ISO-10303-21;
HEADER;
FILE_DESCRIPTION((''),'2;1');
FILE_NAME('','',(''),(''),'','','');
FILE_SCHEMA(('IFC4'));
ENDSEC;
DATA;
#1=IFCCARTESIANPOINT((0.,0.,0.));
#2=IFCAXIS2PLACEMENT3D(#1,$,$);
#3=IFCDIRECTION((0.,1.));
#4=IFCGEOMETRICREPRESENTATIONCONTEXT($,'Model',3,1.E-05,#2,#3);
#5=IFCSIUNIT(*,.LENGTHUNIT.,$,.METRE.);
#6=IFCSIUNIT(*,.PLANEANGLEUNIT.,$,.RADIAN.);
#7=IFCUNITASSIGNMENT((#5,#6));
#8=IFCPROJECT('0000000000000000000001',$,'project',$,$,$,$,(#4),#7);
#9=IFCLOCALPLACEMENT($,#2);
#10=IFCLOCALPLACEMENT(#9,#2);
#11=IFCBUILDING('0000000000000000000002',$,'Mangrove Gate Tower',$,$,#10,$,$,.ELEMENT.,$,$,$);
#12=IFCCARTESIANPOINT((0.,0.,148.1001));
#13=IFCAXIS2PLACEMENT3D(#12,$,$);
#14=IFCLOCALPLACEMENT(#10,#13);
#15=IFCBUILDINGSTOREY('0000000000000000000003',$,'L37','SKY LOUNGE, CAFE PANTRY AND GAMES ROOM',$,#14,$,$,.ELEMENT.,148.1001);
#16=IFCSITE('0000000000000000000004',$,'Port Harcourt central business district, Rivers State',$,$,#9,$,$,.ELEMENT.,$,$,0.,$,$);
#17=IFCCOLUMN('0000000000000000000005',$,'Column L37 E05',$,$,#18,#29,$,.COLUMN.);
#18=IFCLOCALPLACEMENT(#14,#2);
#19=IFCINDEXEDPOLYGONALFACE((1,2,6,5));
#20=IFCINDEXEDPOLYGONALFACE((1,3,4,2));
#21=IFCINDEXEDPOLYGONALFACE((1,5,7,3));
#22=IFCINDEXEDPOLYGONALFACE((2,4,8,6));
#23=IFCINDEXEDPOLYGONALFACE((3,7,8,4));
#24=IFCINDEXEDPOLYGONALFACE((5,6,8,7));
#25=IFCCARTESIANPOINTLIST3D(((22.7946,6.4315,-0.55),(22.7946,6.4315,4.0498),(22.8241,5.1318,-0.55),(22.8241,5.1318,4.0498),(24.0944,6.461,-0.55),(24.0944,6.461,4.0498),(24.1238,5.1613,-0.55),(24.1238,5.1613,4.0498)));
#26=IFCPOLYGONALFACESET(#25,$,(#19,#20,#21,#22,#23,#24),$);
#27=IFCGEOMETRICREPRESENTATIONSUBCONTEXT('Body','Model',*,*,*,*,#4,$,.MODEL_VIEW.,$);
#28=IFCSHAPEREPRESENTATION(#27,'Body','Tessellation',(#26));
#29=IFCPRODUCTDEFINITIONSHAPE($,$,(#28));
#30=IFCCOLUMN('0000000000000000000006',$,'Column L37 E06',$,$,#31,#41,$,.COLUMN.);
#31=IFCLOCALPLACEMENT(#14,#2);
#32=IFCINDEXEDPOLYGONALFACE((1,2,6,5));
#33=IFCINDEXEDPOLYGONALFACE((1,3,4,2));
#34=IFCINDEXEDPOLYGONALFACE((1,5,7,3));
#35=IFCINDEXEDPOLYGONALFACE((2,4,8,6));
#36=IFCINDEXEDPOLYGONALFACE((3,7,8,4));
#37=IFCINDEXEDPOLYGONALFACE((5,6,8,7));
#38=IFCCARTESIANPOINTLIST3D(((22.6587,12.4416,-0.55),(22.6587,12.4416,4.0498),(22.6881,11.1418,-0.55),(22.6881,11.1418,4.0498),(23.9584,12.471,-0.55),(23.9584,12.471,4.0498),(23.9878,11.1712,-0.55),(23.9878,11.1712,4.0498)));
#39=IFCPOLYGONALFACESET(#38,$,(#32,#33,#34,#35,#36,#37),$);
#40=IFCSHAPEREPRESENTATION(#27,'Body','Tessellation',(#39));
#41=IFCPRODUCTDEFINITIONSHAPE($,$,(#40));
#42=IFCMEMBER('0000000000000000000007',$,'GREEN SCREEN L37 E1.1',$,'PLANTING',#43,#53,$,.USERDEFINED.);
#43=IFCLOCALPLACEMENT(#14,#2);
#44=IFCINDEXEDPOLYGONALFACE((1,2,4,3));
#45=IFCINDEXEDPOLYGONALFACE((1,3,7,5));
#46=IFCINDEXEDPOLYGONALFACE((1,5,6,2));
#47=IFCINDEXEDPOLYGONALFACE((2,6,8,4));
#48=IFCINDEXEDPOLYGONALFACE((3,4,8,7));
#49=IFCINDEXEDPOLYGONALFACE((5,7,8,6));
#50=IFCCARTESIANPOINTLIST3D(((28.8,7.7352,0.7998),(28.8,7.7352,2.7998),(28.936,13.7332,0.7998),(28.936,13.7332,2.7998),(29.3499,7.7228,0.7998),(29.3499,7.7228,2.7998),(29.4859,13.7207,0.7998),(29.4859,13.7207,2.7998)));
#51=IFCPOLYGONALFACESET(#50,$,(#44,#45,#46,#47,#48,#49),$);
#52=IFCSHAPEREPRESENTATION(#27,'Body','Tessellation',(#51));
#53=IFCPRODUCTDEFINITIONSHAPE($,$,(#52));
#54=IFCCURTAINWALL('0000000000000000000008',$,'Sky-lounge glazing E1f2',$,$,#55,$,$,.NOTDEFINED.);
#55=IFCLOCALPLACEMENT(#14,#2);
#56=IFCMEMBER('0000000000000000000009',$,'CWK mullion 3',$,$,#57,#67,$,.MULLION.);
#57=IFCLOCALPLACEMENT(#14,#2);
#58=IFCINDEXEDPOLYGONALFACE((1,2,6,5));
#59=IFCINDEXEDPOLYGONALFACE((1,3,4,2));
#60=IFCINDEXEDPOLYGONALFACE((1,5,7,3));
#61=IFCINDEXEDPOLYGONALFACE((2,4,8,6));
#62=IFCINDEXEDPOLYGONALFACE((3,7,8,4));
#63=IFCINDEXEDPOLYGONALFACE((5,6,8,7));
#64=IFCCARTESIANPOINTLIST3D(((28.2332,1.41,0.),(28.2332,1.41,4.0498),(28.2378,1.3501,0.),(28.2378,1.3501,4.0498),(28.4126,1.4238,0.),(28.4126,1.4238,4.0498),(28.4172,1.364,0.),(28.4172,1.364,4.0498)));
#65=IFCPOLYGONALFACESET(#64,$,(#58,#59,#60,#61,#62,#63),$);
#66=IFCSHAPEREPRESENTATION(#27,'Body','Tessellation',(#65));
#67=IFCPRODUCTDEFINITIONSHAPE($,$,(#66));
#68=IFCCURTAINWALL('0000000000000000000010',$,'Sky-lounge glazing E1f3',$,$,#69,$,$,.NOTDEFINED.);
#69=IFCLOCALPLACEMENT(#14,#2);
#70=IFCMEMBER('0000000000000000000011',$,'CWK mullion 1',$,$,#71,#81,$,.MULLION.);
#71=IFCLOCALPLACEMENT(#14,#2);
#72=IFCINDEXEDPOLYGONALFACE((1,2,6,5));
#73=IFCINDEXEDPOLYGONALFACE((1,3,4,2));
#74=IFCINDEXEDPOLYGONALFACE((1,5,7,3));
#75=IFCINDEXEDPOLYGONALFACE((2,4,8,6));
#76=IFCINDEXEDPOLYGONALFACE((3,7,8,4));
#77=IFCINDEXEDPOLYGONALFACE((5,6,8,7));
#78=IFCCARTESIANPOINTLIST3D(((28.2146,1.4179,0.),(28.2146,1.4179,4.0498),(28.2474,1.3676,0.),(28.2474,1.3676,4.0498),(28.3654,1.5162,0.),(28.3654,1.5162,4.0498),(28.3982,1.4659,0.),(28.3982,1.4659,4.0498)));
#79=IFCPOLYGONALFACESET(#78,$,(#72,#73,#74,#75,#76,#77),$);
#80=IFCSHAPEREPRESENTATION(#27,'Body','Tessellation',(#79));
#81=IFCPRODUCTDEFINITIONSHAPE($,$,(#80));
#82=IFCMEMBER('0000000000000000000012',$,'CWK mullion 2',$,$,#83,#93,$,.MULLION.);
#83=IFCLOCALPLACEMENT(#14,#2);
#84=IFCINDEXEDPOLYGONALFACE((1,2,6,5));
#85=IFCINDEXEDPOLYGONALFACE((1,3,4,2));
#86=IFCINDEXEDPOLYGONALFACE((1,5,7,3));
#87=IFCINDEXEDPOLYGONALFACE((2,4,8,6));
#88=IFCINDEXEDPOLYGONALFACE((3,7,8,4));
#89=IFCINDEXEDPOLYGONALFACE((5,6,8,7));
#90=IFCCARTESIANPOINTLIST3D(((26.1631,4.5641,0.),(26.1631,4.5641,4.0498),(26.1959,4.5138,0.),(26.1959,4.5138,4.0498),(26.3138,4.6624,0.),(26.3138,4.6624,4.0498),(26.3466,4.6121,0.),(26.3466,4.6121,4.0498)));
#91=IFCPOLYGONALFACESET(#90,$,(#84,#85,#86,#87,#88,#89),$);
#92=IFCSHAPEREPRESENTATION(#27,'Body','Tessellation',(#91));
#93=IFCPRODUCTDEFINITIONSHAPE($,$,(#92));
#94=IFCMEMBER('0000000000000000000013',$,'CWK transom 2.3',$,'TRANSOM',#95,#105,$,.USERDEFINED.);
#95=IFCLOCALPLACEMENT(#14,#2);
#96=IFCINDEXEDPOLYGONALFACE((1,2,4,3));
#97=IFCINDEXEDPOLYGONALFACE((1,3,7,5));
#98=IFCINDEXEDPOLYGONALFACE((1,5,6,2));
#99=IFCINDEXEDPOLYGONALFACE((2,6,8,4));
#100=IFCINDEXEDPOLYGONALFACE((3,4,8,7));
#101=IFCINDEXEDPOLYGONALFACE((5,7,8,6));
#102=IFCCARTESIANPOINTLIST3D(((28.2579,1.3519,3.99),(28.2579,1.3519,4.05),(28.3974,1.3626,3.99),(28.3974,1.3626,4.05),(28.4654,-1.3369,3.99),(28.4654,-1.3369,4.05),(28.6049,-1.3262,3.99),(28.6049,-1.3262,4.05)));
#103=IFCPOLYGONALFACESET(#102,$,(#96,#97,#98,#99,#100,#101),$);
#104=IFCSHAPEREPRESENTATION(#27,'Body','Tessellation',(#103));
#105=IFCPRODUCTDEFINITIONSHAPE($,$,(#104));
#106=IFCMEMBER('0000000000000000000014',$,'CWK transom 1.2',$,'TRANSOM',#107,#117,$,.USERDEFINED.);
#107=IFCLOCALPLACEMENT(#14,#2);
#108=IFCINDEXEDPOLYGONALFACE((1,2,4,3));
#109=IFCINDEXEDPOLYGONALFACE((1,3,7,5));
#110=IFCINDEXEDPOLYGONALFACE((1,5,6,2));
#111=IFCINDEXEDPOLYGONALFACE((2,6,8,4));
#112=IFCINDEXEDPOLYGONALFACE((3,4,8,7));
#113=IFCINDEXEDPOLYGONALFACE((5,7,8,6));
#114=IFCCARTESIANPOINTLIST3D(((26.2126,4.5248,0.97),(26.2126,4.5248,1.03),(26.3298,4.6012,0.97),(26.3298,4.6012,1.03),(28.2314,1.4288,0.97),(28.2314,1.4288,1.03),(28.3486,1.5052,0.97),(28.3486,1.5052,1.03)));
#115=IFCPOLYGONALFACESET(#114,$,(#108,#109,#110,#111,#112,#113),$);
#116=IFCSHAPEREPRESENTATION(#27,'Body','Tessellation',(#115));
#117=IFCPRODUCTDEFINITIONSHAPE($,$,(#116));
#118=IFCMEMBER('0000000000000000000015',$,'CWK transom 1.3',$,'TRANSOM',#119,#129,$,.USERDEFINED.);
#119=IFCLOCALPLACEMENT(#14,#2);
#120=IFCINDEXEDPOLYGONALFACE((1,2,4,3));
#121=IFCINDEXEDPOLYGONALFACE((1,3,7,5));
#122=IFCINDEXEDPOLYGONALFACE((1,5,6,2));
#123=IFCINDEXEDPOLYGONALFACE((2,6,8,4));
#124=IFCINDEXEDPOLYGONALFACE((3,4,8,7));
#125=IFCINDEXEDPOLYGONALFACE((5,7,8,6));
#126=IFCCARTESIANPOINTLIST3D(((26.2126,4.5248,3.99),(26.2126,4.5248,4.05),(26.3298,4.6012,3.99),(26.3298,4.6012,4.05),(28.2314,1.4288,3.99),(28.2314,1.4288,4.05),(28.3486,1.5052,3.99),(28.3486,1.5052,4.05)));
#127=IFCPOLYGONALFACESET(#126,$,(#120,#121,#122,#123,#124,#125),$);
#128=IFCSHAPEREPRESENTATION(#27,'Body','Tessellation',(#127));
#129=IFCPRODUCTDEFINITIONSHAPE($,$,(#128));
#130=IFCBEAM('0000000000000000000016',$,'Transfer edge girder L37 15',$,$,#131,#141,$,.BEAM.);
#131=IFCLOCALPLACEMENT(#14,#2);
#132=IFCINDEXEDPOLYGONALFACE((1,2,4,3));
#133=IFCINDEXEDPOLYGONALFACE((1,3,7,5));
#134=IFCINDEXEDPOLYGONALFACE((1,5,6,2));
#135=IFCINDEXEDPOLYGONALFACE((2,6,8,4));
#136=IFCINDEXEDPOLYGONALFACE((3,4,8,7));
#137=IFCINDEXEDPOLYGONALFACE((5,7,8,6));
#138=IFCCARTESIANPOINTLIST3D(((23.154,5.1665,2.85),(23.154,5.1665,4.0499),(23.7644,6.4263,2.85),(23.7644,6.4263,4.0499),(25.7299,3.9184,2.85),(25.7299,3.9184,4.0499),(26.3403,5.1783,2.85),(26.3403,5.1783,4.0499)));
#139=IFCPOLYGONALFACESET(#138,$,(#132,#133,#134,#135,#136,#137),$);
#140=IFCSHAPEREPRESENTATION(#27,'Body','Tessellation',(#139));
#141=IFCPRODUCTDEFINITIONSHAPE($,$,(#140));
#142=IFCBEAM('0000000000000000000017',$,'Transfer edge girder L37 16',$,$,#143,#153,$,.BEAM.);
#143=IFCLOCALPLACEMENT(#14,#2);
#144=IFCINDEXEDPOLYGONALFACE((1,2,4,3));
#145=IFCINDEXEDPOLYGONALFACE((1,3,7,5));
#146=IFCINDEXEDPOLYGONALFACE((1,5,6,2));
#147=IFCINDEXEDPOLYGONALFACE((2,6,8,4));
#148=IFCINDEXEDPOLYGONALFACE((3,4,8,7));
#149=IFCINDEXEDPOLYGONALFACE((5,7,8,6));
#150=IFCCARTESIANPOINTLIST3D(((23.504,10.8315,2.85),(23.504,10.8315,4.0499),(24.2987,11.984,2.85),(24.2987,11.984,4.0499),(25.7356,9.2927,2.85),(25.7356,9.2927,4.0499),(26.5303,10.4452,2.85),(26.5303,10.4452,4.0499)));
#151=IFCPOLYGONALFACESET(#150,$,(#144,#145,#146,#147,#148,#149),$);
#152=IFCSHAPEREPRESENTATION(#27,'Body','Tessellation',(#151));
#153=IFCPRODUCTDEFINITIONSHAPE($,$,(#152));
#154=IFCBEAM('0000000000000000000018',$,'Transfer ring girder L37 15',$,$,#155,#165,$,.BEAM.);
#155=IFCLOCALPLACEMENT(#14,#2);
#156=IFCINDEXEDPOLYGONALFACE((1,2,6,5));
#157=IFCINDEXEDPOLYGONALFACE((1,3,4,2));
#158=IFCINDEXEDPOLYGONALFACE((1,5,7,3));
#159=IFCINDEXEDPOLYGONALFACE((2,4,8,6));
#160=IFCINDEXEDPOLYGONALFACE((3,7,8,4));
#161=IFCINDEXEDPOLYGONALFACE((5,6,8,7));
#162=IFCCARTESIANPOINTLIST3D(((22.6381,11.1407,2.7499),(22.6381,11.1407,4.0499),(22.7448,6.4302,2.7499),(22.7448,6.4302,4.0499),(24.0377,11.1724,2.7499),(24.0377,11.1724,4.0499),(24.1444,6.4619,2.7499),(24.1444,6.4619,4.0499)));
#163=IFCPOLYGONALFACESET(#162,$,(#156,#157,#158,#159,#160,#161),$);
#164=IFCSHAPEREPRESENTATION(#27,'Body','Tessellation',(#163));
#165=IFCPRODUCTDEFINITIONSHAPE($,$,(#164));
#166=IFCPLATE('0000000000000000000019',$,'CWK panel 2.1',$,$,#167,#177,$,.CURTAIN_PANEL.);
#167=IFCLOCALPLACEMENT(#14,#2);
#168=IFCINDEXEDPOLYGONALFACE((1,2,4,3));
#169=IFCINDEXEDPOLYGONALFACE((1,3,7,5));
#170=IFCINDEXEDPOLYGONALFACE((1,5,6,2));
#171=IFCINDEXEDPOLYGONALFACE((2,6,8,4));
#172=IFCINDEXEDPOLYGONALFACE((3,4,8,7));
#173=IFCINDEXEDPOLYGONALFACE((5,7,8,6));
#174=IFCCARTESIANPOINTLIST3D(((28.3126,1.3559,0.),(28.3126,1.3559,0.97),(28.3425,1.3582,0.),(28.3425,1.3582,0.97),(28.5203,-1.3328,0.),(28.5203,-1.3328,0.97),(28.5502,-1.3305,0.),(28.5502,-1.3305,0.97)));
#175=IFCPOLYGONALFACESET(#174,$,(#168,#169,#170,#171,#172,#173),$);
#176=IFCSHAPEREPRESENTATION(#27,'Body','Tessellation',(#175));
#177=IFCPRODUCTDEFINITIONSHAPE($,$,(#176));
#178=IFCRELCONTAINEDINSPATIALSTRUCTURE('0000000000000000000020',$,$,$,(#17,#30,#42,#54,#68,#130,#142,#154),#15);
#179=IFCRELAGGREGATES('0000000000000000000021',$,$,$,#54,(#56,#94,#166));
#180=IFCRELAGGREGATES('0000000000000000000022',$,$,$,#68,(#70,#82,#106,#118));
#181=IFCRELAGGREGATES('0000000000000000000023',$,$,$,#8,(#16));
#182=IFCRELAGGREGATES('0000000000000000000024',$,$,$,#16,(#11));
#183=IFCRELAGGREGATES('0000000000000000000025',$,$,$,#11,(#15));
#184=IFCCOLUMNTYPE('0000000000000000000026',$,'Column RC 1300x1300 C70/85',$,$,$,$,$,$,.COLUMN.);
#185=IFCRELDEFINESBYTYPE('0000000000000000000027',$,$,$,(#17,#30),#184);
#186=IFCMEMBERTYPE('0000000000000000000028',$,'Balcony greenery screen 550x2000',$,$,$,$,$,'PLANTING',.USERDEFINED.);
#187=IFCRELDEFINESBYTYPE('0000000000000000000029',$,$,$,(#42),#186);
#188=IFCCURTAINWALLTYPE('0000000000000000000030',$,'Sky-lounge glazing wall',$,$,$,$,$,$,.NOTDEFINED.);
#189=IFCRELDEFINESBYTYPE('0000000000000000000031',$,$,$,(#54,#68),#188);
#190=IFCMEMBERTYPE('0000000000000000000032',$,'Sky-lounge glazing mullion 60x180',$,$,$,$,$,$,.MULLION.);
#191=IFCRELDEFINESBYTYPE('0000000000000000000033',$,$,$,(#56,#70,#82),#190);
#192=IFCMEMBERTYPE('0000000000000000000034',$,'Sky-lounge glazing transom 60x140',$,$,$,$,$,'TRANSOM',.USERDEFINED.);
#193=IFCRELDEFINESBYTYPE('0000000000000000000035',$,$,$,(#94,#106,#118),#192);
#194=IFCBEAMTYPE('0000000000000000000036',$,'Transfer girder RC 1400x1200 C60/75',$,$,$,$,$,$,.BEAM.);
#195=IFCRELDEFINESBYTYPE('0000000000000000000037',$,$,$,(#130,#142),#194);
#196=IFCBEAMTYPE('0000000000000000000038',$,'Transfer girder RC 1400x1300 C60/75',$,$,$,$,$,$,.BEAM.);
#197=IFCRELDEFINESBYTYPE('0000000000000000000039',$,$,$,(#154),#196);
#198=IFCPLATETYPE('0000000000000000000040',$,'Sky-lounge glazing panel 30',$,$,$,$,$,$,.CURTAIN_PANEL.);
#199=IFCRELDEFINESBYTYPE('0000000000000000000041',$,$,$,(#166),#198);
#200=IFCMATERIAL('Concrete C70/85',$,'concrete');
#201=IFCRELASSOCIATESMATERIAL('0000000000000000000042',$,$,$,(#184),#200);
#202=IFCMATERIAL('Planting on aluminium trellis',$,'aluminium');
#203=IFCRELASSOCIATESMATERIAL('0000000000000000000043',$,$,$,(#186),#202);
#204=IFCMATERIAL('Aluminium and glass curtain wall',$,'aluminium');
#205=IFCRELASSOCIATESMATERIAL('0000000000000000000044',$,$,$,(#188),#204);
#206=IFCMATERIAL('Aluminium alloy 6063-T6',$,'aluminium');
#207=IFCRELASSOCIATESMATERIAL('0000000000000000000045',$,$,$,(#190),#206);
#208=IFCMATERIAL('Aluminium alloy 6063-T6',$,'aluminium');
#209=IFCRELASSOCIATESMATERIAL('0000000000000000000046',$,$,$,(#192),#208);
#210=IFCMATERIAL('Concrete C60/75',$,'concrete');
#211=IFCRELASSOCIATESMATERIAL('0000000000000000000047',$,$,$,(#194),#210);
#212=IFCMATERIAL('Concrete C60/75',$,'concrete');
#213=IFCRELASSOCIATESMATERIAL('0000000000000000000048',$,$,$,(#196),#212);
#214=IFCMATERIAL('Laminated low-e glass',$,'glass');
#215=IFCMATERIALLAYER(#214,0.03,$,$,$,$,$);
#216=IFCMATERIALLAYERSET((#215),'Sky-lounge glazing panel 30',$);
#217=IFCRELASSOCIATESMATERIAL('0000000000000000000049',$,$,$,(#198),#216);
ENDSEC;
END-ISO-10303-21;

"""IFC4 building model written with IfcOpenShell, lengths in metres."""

from ifc_helpers import new_model, si_unit, direction, frame, origin, origin_2d, place, context, subcontext, project, spatial, rectangle, extrude, material, layer, layer_set, material_profile, profile_set, type_object, element, aggregate, save


model = new_model("IFC4")

# Units and contexts
model_context = context("Model", 3, precision=1e-05, world=origin(), true_north=direction((0.0, 1.0)))
body_context = subcontext(model_context, "Body", "Model", "MODEL_VIEW")
ifc_project = project(units=[si_unit("LENGTHUNIT", "METRE"), si_unit("PLANEANGLEUNIT", "RADIAN")], contexts=[model_context])

# Site, building, storey
site_placement = place(None, origin())
site = spatial("IfcSite", under=ifc_project, at=site_placement, Name="Port Harcourt central business district, Rivers State", CompositionType="ELEMENT", RefElevation=0.0)
building_placement = place(site_placement, origin())
building = spatial("IfcBuilding", under=site, at=building_placement, Name="Mangrove Gate Tower", CompositionType="ELEMENT")
storey_placement = place(building_placement, frame((0.0, 0.0, 148.1001)))
storey = spatial("IfcBuildingStorey", under=building, at=storey_placement, Name="L37", Description="SKY LOUNGE, CAFE PANTRY AND GAMES ROOM", CompositionType="ELEMENT", Elevation=148.1001)

# Columns
ifc_material_1 = material(Name="Concrete C70/85", Category="concrete")
ifc_material_profile_1 = material_profile(ifc_material_1, rectangle(XDim=1.3, YDim=1.3, at=origin_2d()))
ifc_profile_set_1 = profile_set([ifc_material_profile_1], Name="Concrete C70/85")
column_type = type_object("IfcColumnType", Name="Column RC 1300x1300 C70/85", PredefinedType="COLUMN", material=ifc_profile_set_1)
for number, where, z_axis, x_axis, name in (
    (1, (23.4592, 5.7964, -0.55), (0.0, 0.0, 1.0), (-0.022669, 0.999743, 0.0), "Column L37 E05"),
    (2, (23.3232, 11.8064, -0.55), (0.0, 0.0, 1.0), (-0.022621, 0.999744, 0.0), "Column L37 E06"),
):
    element("IfcColumn", number, at=place(storey_placement, frame(where, z_axis=z_axis, x_axis=x_axis)), inside=storey, type_object=column_type, Name=name, PredefinedType="COLUMN", context=body_context, shape_type="SweptSolid", body=[
        extrude(rectangle(XDim=1.3, YDim=1.3, at=origin_2d()), origin(), (0.0, 0.0, 1.0), 4.5999),
    ])

# Member
ifc_material_2 = material(Name="Planting on aluminium trellis", Category="aluminium")
ifc_material_profile_2 = material_profile(ifc_material_2, rectangle(XDim=0.55, YDim=2.0, at=origin_2d()))
ifc_profile_set_2 = profile_set([ifc_material_profile_2], Name="Planting on aluminium trellis")
member_type_1 = type_object("IfcMemberType", Name="Balcony greenery screen 550x2000", ElementType="PLANTING", PredefinedType="USERDEFINED", material=ifc_profile_set_2)
member_1_placement = place(storey_placement, frame((29.075, 7.729, 1.7998), z_axis=(0.022666, 0.999743, 0.0), x_axis=(-0.999743, 0.022666, 0.0)))
element("IfcMember", 3, at=member_1_placement, inside=storey, type_object=member_type_1, Name="GREEN SCREEN L37 E1.1", ObjectType="PLANTING", PredefinedType="USERDEFINED", context=body_context, shape_type="SweptSolid", body=[
    extrude(rectangle(XDim=0.55, YDim=2.0, at=origin_2d()), origin(), (0.0, 0.0, 1.0), 5.9995),
])

# Curtain wall, member
ifc_material_3 = material(Name="Aluminium and glass curtain wall", Category="aluminium")
curtain_wall_type = type_object("IfcCurtainWallType", Name="Sky-lounge glazing wall", PredefinedType="NOTDEFINED", material=ifc_material_3)
curtain_wall_1_placement = place(storey_placement, origin())
curtain_wall_1 = element("IfcCurtainWall", 4, at=curtain_wall_1_placement, inside=storey, type_object=curtain_wall_type, Name="Sky-lounge glazing E1f2", PredefinedType="NOTDEFINED")
ifc_material_4 = material(Name="Aluminium alloy 6063-T6", Category="aluminium")
ifc_material_profile_3 = material_profile(ifc_material_4, rectangle(XDim=0.0601, YDim=0.1799, at=origin_2d()))
ifc_profile_set_3 = profile_set([ifc_material_profile_3], Name="Aluminium alloy 6063-T6")
member_type_2 = type_object("IfcMemberType", Name="Sky-lounge glazing mullion 60x180", PredefinedType="MULLION", material=ifc_profile_set_3)
member_2_placement = place(storey_placement, frame((28.3252, 1.387, 0.0), z_axis=(0.0, 0.0, 1.0), x_axis=(-0.077023, 0.997029, 0.0)))
member_2 = element("IfcMember", 5, at=member_2_placement, type_object=member_type_2, Name="CWK mullion 3", PredefinedType="MULLION", context=body_context, shape_type="SweptSolid", body=[
    extrude(rectangle(XDim=0.0601, YDim=0.1799, at=origin_2d()), origin(), (0.0, 0.0, 1.0), 4.0498),
])

# Curtain wall, members
curtain_wall_2_placement = place(storey_placement, origin())
curtain_wall_2 = element("IfcCurtainWall", 6, at=curtain_wall_2_placement, inside=storey, type_object=curtain_wall_type, Name="Sky-lounge glazing E1f3", PredefinedType="NOTDEFINED")
member_3_placement = place(storey_placement, frame((28.3064, 1.4419, 0.0), z_axis=(0.0, 0.0, 1.0), x_axis=(-0.546235, 0.837632, 0.0)))
member_3 = element("IfcMember", 7, at=member_3_placement, type_object=member_type_2, Name="CWK mullion 1", PredefinedType="MULLION", context=body_context, shape_type="SweptSolid", body=[
    extrude(rectangle(XDim=0.0601, YDim=0.1799, at=origin_2d()), origin(), (0.0, 0.0, 1.0), 4.0498),
])
member_4_placement = place(storey_placement, frame((26.2549, 4.5881, 0.0), z_axis=(0.0, 0.0, 1.0), x_axis=(-0.546235, 0.837632, 0.0)))
member_4 = element("IfcMember", 8, at=member_4_placement, type_object=member_type_2, Name="CWK mullion 2", PredefinedType="MULLION", context=body_context, shape_type="SweptSolid", body=[
    extrude(rectangle(XDim=0.0601, YDim=0.1799, at=origin_2d()), origin(), (0.0, 0.0, 1.0), 4.0498),
])

# Members
ifc_material_5 = material(Name="Aluminium alloy 6063-T6", Category="aluminium")
ifc_material_profile_4 = material_profile(ifc_material_5, rectangle(XDim=0.0601, YDim=0.1399, at=origin_2d()))
ifc_profile_set_4 = profile_set([ifc_material_profile_4], Name="Aluminium alloy 6063-T6")
member_type_3 = type_object("IfcMemberType", Name="Sky-lounge glazing transom 60x140", ElementType="TRANSOM", PredefinedType="USERDEFINED", material=ifc_profile_set_4)
member_5_placement = place(storey_placement, frame((28.5352, -1.3315, 4.02), z_axis=(-0.076953, 0.997035, 0.0), x_axis=(0.0, 0.0, 1.0)))
member_5 = element("IfcMember", 9, at=member_5_placement, type_object=member_type_3, Name="CWK transom 2.3", ObjectType="TRANSOM", PredefinedType="USERDEFINED", context=body_context, shape_type="SweptSolid", body=[
    extrude(rectangle(XDim=0.0601, YDim=0.1399, at=origin_2d()), origin(), (0.0, 0.0, 1.0), 2.6968),
])
member_6_placement = place(storey_placement, frame((28.29, 1.467, 1.0), z_axis=(-0.546211, 0.837647, 0.0), x_axis=(0.0, 0.0, 1.0)))
member_6 = element("IfcMember", 10, at=member_6_placement, type_object=member_type_3, Name="CWK transom 1.2", ObjectType="TRANSOM", PredefinedType="USERDEFINED", context=body_context, shape_type="SweptSolid", body=[
    extrude(rectangle(XDim=0.0601, YDim=0.1399, at=origin_2d()), origin(), (0.0, 0.0, 1.0), 3.696),
])
member_7_placement = place(storey_placement, frame((28.29, 1.467, 4.02), z_axis=(-0.546211, 0.837647, 0.0), x_axis=(0.0, 0.0, 1.0)))
member_7 = element("IfcMember", 11, at=member_7_placement, type_object=member_type_3, Name="CWK transom 1.3", ObjectType="TRANSOM", PredefinedType="USERDEFINED", context=body_context, shape_type="SweptSolid", body=[
    extrude(rectangle(XDim=0.0601, YDim=0.1399, at=origin_2d()), origin(), (0.0, 0.0, 1.0), 3.696),
])

# Beams
ifc_material_6 = material(Name="Concrete C60/75", Category="concrete")
ifc_material_profile_5 = material_profile(ifc_material_6, rectangle(XDim=1.3999, YDim=1.2, at=origin_2d()))
ifc_profile_set_5 = profile_set([ifc_material_profile_5], Name="Concrete C60/75")
beam_type_1 = type_object("IfcBeamType", Name="Transfer girder RC 1400x1200 C60/75", PredefinedType="BEAM", material=ifc_profile_set_5)
beam_1_placement = place(storey_placement, frame((23.4592, 5.7964, 3.45), z_axis=(0.899936, -0.436022, 0.0), x_axis=(0.436022, 0.899936, 0.0)))
element("IfcBeam", 12, at=beam_1_placement, inside=storey, type_object=beam_type_1, Name="Transfer edge girder L37 15", PredefinedType="BEAM", context=body_context, shape_type="SweptSolid", body=[
    extrude(rectangle(XDim=1.3999, YDim=1.2, at=origin_2d()), origin(), (0.0, 0.0, 1.0), 2.8623),
])
beam_2_placement = place(storey_placement, frame((23.9014, 11.4077, 3.45), z_axis=(0.823261, -0.567664, 0.0), x_axis=(0.567664, 0.823261, 0.0)))
element("IfcBeam", 13, at=beam_2_placement, inside=storey, type_object=beam_type_1, Name="Transfer edge girder L37 16", PredefinedType="BEAM", context=body_context, shape_type="SweptSolid", body=[
    extrude(rectangle(XDim=1.3999, YDim=1.2, at=origin_2d()), origin(), (0.0, 0.0, 1.0), 2.7107),
])
ifc_material_7 = material(Name="Concrete C60/75", Category="concrete")
ifc_material_profile_6 = material_profile(ifc_material_7, rectangle(XDim=1.3999, YDim=1.3, at=origin_2d()))
ifc_profile_set_6 = profile_set([ifc_material_profile_6], Name="Concrete C60/75")
beam_type_2 = type_object("IfcBeamType", Name="Transfer girder RC 1400x1300 C60/75", PredefinedType="BEAM", material=ifc_profile_set_6)
beam_3_placement = place(storey_placement, frame((23.4446, 6.446, 3.3999), z_axis=(-0.022644, 0.999744, 0.0), x_axis=(-0.999744, -0.022644, 0.0)))
element("IfcBeam", 14, at=beam_3_placement, inside=storey, type_object=beam_type_2, Name="Transfer ring girder L37 15", PredefinedType="BEAM", context=body_context, shape_type="SweptSolid", body=[
    extrude(rectangle(XDim=1.3999, YDim=1.3, at=origin_2d()), origin(), (0.0, 0.0, 1.0), 4.7117),
])

# Plate
ifc_material_8 = material(Name="Laminated low-e glass", Category="glass")
ifc_layer_1 = layer(ifc_material_8, 0.03)
ifc_layer_set_1 = layer_set([ifc_layer_1], Name="Sky-lounge glazing panel 30")
plate_type = type_object("IfcPlateType", Name="Sky-lounge glazing panel 30", PredefinedType="CURTAIN_PANEL", material=ifc_layer_set_1)
plate_1_placement = place(storey_placement, frame((28.4314, 0.0127, 0.0), z_axis=(0.0, 0.0, 1.0), x_axis=(-0.077023, 0.997029, 0.0)))
plate_1 = element("IfcPlate", 15, at=plate_1_placement, type_object=plate_type, Name="CWK panel 2.1", PredefinedType="CURTAIN_PANEL", context=body_context, shape_type="SweptSolid", body=[
    extrude(rectangle(XDim=2.6968, YDim=0.03, at=origin_2d()), origin(), (0.0, 0.0, 1.0), 0.97),
])
aggregate(curtain_wall_1, [member_2, member_5, plate_1])
aggregate(curtain_wall_2, [member_3, member_4, member_6, member_7])

save(model, "model.ifc")
